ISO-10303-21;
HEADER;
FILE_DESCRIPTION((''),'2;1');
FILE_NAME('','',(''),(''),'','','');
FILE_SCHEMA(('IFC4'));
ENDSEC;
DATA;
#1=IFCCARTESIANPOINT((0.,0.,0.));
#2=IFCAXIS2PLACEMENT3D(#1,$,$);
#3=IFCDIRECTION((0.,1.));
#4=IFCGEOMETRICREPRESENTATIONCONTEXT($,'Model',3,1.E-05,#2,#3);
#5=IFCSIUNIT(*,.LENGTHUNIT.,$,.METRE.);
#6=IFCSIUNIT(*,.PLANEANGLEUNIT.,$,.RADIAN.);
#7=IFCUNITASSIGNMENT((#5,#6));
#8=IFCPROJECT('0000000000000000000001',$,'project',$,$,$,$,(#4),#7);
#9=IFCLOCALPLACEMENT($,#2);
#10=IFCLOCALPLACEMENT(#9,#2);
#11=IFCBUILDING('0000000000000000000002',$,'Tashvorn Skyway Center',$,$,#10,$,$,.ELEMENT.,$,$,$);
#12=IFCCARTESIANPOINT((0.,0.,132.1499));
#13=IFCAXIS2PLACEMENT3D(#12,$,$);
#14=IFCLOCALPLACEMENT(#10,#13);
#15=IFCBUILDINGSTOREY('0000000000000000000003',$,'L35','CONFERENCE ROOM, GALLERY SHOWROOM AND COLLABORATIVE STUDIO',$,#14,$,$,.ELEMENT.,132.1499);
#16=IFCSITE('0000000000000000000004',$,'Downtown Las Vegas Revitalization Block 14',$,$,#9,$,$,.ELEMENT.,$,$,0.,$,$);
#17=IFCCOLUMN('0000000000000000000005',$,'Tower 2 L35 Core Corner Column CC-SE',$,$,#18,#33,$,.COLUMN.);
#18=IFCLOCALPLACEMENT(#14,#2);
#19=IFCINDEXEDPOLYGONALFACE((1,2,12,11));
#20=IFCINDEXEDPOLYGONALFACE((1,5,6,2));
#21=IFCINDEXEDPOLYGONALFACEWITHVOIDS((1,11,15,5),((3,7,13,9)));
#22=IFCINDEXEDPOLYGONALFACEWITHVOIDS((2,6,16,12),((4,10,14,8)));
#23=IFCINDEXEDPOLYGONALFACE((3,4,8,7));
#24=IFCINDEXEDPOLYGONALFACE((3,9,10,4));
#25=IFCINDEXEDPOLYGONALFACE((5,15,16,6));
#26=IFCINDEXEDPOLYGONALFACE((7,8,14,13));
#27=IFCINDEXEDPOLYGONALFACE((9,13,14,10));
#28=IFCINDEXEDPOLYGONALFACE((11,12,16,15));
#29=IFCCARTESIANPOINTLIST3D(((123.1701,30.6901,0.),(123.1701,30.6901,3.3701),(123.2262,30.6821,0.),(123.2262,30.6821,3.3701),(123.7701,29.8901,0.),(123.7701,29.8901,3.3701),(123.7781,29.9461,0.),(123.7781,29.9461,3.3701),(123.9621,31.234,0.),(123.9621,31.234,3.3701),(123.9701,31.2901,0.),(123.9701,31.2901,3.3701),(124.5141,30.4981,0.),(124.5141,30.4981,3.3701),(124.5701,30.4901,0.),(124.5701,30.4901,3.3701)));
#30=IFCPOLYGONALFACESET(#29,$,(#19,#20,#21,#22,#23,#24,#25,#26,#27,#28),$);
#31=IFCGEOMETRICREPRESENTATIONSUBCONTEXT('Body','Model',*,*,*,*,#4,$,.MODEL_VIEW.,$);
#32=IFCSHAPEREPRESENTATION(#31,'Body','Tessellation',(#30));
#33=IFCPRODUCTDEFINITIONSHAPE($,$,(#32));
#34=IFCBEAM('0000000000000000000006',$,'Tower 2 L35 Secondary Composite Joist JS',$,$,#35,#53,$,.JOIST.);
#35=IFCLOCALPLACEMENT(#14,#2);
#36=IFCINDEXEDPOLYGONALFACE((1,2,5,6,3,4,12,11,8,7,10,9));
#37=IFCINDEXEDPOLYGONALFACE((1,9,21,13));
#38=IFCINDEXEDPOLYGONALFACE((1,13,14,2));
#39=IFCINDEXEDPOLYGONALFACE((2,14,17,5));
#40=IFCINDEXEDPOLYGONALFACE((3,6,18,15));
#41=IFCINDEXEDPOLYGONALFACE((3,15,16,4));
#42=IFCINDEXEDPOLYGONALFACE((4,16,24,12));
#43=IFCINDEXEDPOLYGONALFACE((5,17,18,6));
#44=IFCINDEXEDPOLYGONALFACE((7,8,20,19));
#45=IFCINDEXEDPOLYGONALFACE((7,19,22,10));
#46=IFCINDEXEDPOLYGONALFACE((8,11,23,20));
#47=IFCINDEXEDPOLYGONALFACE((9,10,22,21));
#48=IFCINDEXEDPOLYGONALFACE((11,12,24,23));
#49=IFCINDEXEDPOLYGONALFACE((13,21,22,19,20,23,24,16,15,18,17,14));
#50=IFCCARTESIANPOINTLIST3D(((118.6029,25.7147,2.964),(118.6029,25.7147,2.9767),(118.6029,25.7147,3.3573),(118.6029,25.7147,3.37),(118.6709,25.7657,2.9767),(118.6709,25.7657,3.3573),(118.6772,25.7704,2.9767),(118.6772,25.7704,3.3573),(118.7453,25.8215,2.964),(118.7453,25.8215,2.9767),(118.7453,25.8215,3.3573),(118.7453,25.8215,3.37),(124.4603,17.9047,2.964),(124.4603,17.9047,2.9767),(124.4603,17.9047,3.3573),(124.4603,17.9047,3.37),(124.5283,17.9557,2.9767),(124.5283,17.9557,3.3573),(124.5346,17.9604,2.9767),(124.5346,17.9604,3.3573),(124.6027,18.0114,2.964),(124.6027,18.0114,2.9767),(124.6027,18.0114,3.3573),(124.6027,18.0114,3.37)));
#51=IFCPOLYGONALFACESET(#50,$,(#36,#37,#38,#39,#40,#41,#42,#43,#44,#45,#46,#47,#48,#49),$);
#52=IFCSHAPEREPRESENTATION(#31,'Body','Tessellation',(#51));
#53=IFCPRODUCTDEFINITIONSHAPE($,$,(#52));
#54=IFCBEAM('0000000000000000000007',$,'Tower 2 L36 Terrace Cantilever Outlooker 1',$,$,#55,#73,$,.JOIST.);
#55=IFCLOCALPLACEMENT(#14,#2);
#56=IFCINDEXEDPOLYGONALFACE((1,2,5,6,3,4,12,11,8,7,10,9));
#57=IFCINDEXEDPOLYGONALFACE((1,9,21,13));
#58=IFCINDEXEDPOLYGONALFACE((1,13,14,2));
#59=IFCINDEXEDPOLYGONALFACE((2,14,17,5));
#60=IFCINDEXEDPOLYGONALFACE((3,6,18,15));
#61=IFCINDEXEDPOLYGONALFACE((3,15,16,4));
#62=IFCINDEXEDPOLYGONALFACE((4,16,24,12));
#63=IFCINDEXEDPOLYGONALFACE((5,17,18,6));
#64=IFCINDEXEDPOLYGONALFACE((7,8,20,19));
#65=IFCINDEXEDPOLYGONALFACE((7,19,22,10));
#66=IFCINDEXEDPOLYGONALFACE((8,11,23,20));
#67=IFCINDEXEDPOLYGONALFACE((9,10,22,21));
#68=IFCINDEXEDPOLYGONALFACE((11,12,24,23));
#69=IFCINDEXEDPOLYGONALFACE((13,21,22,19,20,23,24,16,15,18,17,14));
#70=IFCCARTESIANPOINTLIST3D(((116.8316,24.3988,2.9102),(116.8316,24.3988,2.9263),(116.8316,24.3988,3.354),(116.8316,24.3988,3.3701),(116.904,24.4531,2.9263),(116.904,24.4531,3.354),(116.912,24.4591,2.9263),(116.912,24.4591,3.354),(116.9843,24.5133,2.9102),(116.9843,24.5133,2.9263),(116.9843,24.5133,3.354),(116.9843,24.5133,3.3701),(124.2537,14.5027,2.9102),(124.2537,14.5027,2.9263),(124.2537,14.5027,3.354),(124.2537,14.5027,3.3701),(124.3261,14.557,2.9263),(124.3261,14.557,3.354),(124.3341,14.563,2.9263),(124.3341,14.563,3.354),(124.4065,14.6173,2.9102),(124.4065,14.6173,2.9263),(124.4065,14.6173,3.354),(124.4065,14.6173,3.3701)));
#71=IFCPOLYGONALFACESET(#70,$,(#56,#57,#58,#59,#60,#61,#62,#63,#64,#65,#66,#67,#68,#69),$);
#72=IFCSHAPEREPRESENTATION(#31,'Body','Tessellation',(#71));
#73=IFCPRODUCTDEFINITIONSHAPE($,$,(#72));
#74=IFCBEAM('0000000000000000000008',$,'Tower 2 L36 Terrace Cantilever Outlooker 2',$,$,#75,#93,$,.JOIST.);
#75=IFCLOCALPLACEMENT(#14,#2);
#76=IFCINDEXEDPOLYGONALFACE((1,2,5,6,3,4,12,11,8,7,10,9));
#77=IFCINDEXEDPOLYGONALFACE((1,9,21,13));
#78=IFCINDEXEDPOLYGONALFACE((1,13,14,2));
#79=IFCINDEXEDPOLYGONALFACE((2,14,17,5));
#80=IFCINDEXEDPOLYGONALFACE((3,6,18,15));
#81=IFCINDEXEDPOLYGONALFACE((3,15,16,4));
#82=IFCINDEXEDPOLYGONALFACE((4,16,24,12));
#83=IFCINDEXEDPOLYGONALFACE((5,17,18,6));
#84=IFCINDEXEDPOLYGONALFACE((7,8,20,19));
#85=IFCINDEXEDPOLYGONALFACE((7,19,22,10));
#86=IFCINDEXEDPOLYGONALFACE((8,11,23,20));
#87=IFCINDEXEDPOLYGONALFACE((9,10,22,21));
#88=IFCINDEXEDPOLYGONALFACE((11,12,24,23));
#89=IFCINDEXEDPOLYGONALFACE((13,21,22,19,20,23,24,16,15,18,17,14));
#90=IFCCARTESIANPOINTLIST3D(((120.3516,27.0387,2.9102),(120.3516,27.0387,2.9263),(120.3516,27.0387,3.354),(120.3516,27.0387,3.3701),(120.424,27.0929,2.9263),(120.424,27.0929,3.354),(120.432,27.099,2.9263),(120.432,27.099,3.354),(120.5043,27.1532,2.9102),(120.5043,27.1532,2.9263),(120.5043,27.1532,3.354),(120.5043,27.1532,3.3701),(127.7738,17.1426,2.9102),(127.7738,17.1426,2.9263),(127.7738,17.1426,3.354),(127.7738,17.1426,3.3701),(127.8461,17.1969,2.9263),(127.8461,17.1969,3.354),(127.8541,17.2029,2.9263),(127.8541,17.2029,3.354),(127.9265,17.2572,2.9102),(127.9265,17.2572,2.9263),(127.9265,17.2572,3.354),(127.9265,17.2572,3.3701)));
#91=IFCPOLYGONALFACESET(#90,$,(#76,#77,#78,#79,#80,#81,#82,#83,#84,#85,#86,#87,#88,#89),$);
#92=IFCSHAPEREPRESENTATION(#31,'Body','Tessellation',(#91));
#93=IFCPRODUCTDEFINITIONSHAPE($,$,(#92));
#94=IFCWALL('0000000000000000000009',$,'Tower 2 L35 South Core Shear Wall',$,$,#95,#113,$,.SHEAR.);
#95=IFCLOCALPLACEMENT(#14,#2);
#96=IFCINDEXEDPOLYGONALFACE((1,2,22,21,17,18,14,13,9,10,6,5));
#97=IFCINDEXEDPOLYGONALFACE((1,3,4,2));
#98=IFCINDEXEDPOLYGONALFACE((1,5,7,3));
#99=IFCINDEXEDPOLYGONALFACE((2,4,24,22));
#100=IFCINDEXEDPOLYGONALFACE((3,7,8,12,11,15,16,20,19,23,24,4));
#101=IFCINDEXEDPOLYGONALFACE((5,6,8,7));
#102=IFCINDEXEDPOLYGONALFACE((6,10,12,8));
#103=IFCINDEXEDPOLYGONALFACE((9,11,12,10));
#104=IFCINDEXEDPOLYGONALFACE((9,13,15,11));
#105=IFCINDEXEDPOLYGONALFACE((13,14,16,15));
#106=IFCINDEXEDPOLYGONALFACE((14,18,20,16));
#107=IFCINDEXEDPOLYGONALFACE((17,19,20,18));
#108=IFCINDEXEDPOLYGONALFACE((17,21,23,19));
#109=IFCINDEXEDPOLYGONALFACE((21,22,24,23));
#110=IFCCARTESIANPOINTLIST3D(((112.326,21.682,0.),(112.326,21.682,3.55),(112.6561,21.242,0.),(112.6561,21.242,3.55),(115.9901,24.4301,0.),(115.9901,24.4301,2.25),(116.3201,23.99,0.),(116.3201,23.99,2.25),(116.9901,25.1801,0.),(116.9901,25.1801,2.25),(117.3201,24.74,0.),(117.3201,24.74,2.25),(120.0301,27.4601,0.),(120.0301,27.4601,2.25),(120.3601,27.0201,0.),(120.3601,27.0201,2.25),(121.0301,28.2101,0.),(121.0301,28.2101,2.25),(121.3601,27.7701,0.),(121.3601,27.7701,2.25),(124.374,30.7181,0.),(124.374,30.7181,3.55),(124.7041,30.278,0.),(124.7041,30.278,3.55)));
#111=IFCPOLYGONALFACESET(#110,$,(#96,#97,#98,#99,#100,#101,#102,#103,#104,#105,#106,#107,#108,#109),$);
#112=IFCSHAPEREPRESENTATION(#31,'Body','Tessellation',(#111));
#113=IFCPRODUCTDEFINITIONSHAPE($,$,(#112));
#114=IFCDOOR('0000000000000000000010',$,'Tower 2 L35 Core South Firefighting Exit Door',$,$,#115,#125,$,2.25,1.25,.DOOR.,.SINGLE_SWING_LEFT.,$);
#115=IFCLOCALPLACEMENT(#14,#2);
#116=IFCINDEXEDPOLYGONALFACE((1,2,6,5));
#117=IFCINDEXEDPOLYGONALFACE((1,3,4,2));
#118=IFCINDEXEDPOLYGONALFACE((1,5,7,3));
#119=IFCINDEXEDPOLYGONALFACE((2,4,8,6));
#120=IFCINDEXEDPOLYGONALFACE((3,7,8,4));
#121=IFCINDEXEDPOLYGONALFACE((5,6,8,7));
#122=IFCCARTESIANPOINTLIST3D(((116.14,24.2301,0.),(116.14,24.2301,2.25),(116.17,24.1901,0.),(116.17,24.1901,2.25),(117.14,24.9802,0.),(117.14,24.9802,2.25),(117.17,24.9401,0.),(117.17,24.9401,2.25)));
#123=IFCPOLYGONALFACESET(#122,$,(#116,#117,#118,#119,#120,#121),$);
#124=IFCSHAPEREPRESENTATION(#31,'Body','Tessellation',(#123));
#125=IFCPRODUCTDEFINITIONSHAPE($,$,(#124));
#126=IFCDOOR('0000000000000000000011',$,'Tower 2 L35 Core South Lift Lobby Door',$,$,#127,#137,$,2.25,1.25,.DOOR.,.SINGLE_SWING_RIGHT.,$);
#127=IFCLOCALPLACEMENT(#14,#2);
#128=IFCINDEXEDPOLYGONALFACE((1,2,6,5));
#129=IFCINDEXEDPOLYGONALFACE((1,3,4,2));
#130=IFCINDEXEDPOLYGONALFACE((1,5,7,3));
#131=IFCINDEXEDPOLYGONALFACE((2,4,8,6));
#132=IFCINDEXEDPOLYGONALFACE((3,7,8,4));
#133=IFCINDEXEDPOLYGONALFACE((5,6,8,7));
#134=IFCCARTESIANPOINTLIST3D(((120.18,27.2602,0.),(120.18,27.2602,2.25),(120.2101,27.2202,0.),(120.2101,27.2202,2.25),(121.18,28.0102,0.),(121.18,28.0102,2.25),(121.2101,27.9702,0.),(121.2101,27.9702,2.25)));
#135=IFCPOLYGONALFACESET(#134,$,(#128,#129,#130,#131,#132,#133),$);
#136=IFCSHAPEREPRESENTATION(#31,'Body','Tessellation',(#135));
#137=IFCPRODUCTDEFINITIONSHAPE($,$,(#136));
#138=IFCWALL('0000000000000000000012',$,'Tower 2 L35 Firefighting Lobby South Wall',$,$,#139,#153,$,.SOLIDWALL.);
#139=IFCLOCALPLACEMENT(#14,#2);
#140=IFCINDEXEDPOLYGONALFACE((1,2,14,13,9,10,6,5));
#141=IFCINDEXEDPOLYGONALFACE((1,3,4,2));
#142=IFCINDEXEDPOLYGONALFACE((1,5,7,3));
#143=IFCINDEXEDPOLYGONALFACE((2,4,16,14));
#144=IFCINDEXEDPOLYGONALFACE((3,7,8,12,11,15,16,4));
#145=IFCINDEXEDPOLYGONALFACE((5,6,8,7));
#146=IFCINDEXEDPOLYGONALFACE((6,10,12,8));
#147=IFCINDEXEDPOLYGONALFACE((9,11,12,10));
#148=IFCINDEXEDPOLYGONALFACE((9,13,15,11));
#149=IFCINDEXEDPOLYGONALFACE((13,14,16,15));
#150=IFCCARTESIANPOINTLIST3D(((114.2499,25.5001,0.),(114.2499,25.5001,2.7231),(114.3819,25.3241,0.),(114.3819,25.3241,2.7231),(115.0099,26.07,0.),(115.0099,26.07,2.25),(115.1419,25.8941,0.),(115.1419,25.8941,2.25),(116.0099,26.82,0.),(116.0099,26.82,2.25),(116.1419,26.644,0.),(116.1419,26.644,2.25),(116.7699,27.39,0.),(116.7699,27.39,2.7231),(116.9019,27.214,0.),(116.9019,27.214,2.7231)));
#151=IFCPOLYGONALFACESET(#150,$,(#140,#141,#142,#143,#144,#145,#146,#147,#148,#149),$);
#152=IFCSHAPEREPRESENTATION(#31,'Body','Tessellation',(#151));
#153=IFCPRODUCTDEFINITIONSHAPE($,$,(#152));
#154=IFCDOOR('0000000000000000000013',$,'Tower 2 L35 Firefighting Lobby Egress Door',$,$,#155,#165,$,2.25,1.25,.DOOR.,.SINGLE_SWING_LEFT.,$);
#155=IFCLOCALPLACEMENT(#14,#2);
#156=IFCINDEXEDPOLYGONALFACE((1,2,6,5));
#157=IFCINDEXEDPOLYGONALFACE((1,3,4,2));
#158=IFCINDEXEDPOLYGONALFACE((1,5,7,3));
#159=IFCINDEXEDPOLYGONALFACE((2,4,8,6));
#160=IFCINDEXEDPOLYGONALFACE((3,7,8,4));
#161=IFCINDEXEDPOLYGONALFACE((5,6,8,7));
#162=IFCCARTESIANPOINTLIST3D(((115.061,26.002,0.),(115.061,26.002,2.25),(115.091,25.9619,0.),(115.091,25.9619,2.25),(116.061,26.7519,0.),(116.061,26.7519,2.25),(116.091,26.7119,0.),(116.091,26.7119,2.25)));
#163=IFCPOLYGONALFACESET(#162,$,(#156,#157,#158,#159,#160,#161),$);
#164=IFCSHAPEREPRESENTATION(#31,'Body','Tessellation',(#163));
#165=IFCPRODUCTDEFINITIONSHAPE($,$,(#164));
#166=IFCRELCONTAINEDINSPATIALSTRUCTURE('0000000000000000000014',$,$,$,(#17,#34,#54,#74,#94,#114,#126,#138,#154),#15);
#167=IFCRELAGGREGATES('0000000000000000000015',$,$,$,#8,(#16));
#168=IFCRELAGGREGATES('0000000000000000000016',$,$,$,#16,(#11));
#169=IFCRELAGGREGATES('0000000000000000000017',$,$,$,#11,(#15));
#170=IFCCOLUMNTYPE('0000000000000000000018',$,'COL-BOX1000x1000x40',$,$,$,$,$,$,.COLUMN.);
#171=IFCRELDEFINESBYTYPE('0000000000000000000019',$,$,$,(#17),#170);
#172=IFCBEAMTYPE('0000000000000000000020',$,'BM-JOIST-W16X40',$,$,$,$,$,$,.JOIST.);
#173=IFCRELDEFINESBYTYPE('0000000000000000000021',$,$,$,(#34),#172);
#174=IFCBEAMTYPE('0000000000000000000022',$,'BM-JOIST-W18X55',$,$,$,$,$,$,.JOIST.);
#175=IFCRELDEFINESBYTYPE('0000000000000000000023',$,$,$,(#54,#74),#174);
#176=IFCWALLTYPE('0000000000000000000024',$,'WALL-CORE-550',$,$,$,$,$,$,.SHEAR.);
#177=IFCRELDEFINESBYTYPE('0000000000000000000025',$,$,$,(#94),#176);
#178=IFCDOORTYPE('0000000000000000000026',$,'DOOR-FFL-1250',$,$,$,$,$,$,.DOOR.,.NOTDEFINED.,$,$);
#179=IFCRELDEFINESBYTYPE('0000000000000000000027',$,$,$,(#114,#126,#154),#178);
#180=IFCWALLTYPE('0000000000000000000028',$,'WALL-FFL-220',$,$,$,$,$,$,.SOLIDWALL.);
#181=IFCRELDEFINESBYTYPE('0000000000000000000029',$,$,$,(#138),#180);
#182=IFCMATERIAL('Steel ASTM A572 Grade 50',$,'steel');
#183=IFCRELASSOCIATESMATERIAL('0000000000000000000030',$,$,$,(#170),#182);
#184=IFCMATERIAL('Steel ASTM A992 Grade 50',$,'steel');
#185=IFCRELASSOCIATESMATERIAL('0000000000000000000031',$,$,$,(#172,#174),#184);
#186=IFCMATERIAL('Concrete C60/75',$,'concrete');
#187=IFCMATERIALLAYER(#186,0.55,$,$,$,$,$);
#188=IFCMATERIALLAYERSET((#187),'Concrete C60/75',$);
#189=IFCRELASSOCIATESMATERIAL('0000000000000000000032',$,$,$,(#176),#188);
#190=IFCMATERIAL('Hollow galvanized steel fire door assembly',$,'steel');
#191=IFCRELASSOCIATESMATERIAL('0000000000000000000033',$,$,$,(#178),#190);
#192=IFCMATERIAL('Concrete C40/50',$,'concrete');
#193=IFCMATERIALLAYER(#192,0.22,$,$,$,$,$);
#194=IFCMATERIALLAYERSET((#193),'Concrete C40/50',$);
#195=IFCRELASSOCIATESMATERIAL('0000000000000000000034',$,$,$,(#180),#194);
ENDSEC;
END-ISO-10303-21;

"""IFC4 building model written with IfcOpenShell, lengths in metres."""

from ifc_helpers import new_model, si_unit, direction, frame, frame_2d, origin, origin_2d, place, context, subcontext, project, spatial, rectangle, hollow_rectangle, i_section, extrude, material, layer, layer_set, material_profile, profile_set, type_object, element, fill, save


model = new_model("IFC4")

# Units and contexts
model_context = context("Model", 3, precision=1e-05, world=origin(), true_north=direction((0.0, 1.0)))
body_context = subcontext(model_context, "Body", "Model", "MODEL_VIEW")
ifc_project = project(units=[si_unit("LENGTHUNIT", "METRE"), si_unit("PLANEANGLEUNIT", "RADIAN")], contexts=[model_context])

# Site, building, storey
site_placement = place(None, origin())
site = spatial("IfcSite", under=ifc_project, at=site_placement, Name="Downtown Las Vegas Revitalization Block 14", CompositionType="ELEMENT", RefElevation=0.0)
building_placement = place(site_placement, origin())
building = spatial("IfcBuilding", under=site, at=building_placement, Name="Tashvorn Skyway Center", CompositionType="ELEMENT")
storey_placement = place(building_placement, frame((0.0, 0.0, 132.1499)))
storey = spatial("IfcBuildingStorey", under=building, at=storey_placement, Name="L35", Description="CONFERENCE ROOM, GALLERY SHOWROOM AND COLLABORATIVE STUDIO", CompositionType="ELEMENT", Elevation=132.1499)

# Column
ifc_material_1 = material(Name="Steel ASTM A572 Grade 50", Category="steel")
ifc_material_profile_1 = material_profile(ifc_material_1, hollow_rectangle(XDim=1.0, YDim=1.0, WallThickness=0.04, at=origin_2d()), Name="BOX1000x1000x40")
ifc_profile_set_1 = profile_set([ifc_material_profile_1], Name="Steel ASTM A572 Grade 50")
column_type = type_object("IfcColumnType", Name="COL-BOX1000x1000x40", PredefinedType="COLUMN", material=ifc_profile_set_1)
column_placement = place(storey_placement, frame((123.8701, 30.5901, 0.0), z_axis=(0.0, 0.0, 1.0), x_axis=(0.8, 0.6, 0.0)))
element("IfcColumn", 1, at=column_placement, inside=storey, type_object=column_type, Name="Tower 2 L35 Core Corner Column CC-SE", PredefinedType="COLUMN", context=body_context, shape_type="SweptSolid", body=[
    extrude(hollow_rectangle(XDim=1.0, YDim=1.0, WallThickness=0.04, at=origin_2d()), origin(), (0.0, 0.0, 1.0), 3.3701),
])

# Beams
ifc_material_2 = material(Name="Steel ASTM A992 Grade 50", Category="steel")
ifc_material_profile_2 = material_profile(ifc_material_2, i_section(OverallWidth=0.178, OverallDepth=0.406, WebThickness=0.0078, FlangeThickness=0.0127, at=origin_2d()), Name="W16X40")
ifc_profile_set_2 = profile_set([ifc_material_profile_2], Name="Steel ASTM A992 Grade 50")
beam_type_1 = type_object("IfcBeamType", Name="BM-JOIST-W16X40", PredefinedType="JOIST", material=ifc_profile_set_2)
beam_placement = place(storey_placement, frame((118.6741, 25.7681, 3.167), z_axis=(0.599992, -0.800006, 0.0), x_axis=(0.800006, 0.599992, 0.0)))
element("IfcBeam", 2, at=beam_placement, inside=storey, type_object=beam_type_1, Name="Tower 2 L35 Secondary Composite Joist JS", PredefinedType="JOIST", context=body_context, shape_type="SweptSolid", body=[
    extrude(i_section(OverallWidth=0.178, OverallDepth=0.406, WebThickness=0.0078, FlangeThickness=0.0127, at=origin_2d()), origin(), (0.0, 0.0, 1.0), 9.7625),
])
ifc_material_profile_3 = material_profile(ifc_material_2, i_section(OverallWidth=0.1909, OverallDepth=0.46, WebThickness=0.01, FlangeThickness=0.0161, at=origin_2d()), Name="W18X55")
ifc_profile_set_3 = profile_set([ifc_material_profile_3], Name="Steel ASTM A992 Grade 50")
beam_type_2 = type_object("IfcBeamType", Name="BM-JOIST-W18X55", PredefinedType="JOIST", material=ifc_profile_set_3)
for number, where, z_axis, x_axis, name in (
    (3, (116.908, 24.4561, 3.1401), (0.600006, -0.799995, 0.0), (0.799995, 0.600006, 0.0), "Tower 2 L36 Terrace Cantilever Outlooker 1"),
    (4, (120.428, 27.0959, 3.1401), (0.600006, -0.799995, 0.0), (0.799995, 0.600006, 0.0), "Tower 2 L36 Terrace Cantilever Outlooker 2"),
):
    element("IfcBeam", number, at=place(storey_placement, frame(where, z_axis=z_axis, x_axis=x_axis)), inside=storey, type_object=beam_type_2, Name=name, PredefinedType="JOIST", context=body_context, shape_type="SweptSolid", body=[
        extrude(i_section(OverallWidth=0.1909, OverallDepth=0.46, WebThickness=0.01, FlangeThickness=0.0161, at=origin_2d()), origin(), (0.0, 0.0, 1.0), 12.3701),
    ])

# Wall, openings, doors
ifc_material_3 = material(Name="Concrete C60/75", Category="concrete")
ifc_layer_1 = layer(ifc_material_3, 0.55)
ifc_layer_set_1 = layer_set([ifc_layer_1], Name="Concrete C60/75")
wall_type_1 = type_object("IfcWallType", Name="WALL-CORE-550", PredefinedType="SHEAR", material=ifc_layer_set_1)
wall_1_placement = place(storey_placement, frame((124.5391, 30.498, 0.0), z_axis=(0.0, 0.0, 1.0), x_axis=(-0.799998, -0.600003, 0.0)))
wall_1 = element("IfcWall", 5, at=wall_1_placement, inside=storey, type_object=wall_type_1, Name="Tower 2 L35 South Core Shear Wall", PredefinedType="SHEAR", context=body_context, shape_type="SweptSolid", body=[
    extrude(rectangle(XDim=15.0601, YDim=0.55, at=frame_2d((7.53, 0.0))), origin(), (0.0, 0.0, 1.0), 3.55),
])
opening_1_placement = place(wall_1_placement, frame((9.23, 0.0, 0.0)))
opening_1 = element("IfcOpeningElement", 6, at=opening_1_placement, cuts=wall_1, PredefinedType="OPENING", context=body_context, shape_type="SweptSolid", body=[
    extrude(rectangle(XDim=1.25, YDim=2.25, at=frame_2d((0.625, 1.125))), frame((0.0, 0.2849, 0.0), z_axis=(0.0, -1.0, 0.0), x_axis=(1.0, 0.0, 0.0)), (0.0, 0.0, 1.0), 0.5701),
])
opening_2_placement = place(wall_1_placement, frame((4.1799, 0.0, 0.0)))
opening_2 = element("IfcOpeningElement", 7, at=opening_2_placement, cuts=wall_1, PredefinedType="OPENING", context=body_context, shape_type="SweptSolid", body=[
    extrude(rectangle(XDim=1.25, YDim=2.25, at=frame_2d((0.625, 1.125))), frame((0.0, 0.2849, 0.0), z_axis=(0.0, -1.0, 0.0), x_axis=(1.0, 0.0, 0.0)), (0.0, 0.0, 1.0), 0.5701),
])
ifc_material_4 = material(Name="Hollow galvanized steel fire door assembly", Category="steel")
door_type_1 = type_object("IfcDoorType", Name="DOOR-FFL-1250", OperationType="NOTDEFINED", PredefinedType="DOOR", material=ifc_material_4)
door_1_placement = place(opening_1_placement, origin())
door_1 = element("IfcDoor", 8, at=door_1_placement, inside=storey, type_object=door_type_1, Name="Tower 2 L35 Core South Firefighting Exit Door", OperationType="SINGLE_SWING_LEFT", OverallHeight=2.25, OverallWidth=1.25, PredefinedType="DOOR", context=body_context, shape_type="SweptSolid", body=[
    extrude(rectangle(XDim=1.25, YDim=2.25, at=frame_2d((0.625, 1.125))), frame((0.0, 0.0249, 0.0), z_axis=(0.0, -1.0, 0.0), x_axis=(1.0, 0.0, 0.0)), (0.0, 0.0, 1.0), 0.05),
])
fill(opening_1, door_1)
door_2_placement = place(opening_2_placement, origin())
door_2 = element("IfcDoor", 9, at=door_2_placement, inside=storey, type_object=door_type_1, Name="Tower 2 L35 Core South Lift Lobby Door", OperationType="SINGLE_SWING_RIGHT", OverallHeight=2.25, OverallWidth=1.25, PredefinedType="DOOR", context=body_context, shape_type="SweptSolid", body=[
    extrude(rectangle(XDim=1.25, YDim=2.25, at=frame_2d((0.625, 1.125))), frame((0.0, 0.0249, 0.0), z_axis=(0.0, -1.0, 0.0), x_axis=(1.0, 0.0, 0.0)), (0.0, 0.0, 1.0), 0.05),
])
fill(opening_2, door_2)

# Wall, opening, door
ifc_material_5 = material(Name="Concrete C40/50", Category="concrete")
ifc_layer_2 = layer(ifc_material_5, 0.22)
ifc_layer_set_2 = layer_set([ifc_layer_2], Name="Concrete C40/50")
wall_type_2 = type_object("IfcWallType", Name="WALL-FFL-220", PredefinedType="SOLIDWALL", material=ifc_layer_set_2)
wall_2_placement = place(storey_placement, frame((114.3159, 25.4121, 0.0), z_axis=(0.0, 0.0, 1.0), x_axis=(0.800019, 0.599975, 0.0)))
wall_2 = element("IfcWall", 10, at=wall_2_placement, inside=storey, type_object=wall_type_2, Name="Tower 2 L35 Firefighting Lobby South Wall", PredefinedType="SOLIDWALL", context=body_context, shape_type="SweptSolid", body=[
    extrude(rectangle(XDim=3.1499, YDim=0.22, at=frame_2d((1.575, 0.0))), origin(), (0.0, 0.0, 1.0), 2.7231),
])
opening_3_placement = place(wall_2_placement, frame((0.95, 0.0, 0.0)))
opening_3 = element("IfcOpeningElement", 11, at=opening_3_placement, cuts=wall_2, PredefinedType="OPENING", context=body_context, shape_type="SweptSolid", body=[
    extrude(rectangle(XDim=1.25, YDim=2.25, at=frame_2d((0.625, 1.125))), frame((0.0, 0.1199, 0.0), z_axis=(0.0, -1.0, 0.0), x_axis=(1.0, 0.0, 0.0)), (0.0, 0.0, 1.0), 0.24),
])
door_3_placement = place(opening_3_placement, origin())
door_3 = element("IfcDoor", 12, at=door_3_placement, inside=storey, type_object=door_type_1, Name="Tower 2 L35 Firefighting Lobby Egress Door", OperationType="SINGLE_SWING_LEFT", OverallHeight=2.25, OverallWidth=1.25, PredefinedType="DOOR", context=body_context, shape_type="SweptSolid", body=[
    extrude(rectangle(XDim=1.25, YDim=2.25, at=frame_2d((0.625, 1.125))), frame((0.0, 0.0249, 0.0), z_axis=(0.0, -1.0, 0.0), x_axis=(1.0, 0.0, 0.0)), (0.0, 0.0, 1.0), 0.05),
])
fill(opening_3, door_3)

save(model, "model.ifc")
